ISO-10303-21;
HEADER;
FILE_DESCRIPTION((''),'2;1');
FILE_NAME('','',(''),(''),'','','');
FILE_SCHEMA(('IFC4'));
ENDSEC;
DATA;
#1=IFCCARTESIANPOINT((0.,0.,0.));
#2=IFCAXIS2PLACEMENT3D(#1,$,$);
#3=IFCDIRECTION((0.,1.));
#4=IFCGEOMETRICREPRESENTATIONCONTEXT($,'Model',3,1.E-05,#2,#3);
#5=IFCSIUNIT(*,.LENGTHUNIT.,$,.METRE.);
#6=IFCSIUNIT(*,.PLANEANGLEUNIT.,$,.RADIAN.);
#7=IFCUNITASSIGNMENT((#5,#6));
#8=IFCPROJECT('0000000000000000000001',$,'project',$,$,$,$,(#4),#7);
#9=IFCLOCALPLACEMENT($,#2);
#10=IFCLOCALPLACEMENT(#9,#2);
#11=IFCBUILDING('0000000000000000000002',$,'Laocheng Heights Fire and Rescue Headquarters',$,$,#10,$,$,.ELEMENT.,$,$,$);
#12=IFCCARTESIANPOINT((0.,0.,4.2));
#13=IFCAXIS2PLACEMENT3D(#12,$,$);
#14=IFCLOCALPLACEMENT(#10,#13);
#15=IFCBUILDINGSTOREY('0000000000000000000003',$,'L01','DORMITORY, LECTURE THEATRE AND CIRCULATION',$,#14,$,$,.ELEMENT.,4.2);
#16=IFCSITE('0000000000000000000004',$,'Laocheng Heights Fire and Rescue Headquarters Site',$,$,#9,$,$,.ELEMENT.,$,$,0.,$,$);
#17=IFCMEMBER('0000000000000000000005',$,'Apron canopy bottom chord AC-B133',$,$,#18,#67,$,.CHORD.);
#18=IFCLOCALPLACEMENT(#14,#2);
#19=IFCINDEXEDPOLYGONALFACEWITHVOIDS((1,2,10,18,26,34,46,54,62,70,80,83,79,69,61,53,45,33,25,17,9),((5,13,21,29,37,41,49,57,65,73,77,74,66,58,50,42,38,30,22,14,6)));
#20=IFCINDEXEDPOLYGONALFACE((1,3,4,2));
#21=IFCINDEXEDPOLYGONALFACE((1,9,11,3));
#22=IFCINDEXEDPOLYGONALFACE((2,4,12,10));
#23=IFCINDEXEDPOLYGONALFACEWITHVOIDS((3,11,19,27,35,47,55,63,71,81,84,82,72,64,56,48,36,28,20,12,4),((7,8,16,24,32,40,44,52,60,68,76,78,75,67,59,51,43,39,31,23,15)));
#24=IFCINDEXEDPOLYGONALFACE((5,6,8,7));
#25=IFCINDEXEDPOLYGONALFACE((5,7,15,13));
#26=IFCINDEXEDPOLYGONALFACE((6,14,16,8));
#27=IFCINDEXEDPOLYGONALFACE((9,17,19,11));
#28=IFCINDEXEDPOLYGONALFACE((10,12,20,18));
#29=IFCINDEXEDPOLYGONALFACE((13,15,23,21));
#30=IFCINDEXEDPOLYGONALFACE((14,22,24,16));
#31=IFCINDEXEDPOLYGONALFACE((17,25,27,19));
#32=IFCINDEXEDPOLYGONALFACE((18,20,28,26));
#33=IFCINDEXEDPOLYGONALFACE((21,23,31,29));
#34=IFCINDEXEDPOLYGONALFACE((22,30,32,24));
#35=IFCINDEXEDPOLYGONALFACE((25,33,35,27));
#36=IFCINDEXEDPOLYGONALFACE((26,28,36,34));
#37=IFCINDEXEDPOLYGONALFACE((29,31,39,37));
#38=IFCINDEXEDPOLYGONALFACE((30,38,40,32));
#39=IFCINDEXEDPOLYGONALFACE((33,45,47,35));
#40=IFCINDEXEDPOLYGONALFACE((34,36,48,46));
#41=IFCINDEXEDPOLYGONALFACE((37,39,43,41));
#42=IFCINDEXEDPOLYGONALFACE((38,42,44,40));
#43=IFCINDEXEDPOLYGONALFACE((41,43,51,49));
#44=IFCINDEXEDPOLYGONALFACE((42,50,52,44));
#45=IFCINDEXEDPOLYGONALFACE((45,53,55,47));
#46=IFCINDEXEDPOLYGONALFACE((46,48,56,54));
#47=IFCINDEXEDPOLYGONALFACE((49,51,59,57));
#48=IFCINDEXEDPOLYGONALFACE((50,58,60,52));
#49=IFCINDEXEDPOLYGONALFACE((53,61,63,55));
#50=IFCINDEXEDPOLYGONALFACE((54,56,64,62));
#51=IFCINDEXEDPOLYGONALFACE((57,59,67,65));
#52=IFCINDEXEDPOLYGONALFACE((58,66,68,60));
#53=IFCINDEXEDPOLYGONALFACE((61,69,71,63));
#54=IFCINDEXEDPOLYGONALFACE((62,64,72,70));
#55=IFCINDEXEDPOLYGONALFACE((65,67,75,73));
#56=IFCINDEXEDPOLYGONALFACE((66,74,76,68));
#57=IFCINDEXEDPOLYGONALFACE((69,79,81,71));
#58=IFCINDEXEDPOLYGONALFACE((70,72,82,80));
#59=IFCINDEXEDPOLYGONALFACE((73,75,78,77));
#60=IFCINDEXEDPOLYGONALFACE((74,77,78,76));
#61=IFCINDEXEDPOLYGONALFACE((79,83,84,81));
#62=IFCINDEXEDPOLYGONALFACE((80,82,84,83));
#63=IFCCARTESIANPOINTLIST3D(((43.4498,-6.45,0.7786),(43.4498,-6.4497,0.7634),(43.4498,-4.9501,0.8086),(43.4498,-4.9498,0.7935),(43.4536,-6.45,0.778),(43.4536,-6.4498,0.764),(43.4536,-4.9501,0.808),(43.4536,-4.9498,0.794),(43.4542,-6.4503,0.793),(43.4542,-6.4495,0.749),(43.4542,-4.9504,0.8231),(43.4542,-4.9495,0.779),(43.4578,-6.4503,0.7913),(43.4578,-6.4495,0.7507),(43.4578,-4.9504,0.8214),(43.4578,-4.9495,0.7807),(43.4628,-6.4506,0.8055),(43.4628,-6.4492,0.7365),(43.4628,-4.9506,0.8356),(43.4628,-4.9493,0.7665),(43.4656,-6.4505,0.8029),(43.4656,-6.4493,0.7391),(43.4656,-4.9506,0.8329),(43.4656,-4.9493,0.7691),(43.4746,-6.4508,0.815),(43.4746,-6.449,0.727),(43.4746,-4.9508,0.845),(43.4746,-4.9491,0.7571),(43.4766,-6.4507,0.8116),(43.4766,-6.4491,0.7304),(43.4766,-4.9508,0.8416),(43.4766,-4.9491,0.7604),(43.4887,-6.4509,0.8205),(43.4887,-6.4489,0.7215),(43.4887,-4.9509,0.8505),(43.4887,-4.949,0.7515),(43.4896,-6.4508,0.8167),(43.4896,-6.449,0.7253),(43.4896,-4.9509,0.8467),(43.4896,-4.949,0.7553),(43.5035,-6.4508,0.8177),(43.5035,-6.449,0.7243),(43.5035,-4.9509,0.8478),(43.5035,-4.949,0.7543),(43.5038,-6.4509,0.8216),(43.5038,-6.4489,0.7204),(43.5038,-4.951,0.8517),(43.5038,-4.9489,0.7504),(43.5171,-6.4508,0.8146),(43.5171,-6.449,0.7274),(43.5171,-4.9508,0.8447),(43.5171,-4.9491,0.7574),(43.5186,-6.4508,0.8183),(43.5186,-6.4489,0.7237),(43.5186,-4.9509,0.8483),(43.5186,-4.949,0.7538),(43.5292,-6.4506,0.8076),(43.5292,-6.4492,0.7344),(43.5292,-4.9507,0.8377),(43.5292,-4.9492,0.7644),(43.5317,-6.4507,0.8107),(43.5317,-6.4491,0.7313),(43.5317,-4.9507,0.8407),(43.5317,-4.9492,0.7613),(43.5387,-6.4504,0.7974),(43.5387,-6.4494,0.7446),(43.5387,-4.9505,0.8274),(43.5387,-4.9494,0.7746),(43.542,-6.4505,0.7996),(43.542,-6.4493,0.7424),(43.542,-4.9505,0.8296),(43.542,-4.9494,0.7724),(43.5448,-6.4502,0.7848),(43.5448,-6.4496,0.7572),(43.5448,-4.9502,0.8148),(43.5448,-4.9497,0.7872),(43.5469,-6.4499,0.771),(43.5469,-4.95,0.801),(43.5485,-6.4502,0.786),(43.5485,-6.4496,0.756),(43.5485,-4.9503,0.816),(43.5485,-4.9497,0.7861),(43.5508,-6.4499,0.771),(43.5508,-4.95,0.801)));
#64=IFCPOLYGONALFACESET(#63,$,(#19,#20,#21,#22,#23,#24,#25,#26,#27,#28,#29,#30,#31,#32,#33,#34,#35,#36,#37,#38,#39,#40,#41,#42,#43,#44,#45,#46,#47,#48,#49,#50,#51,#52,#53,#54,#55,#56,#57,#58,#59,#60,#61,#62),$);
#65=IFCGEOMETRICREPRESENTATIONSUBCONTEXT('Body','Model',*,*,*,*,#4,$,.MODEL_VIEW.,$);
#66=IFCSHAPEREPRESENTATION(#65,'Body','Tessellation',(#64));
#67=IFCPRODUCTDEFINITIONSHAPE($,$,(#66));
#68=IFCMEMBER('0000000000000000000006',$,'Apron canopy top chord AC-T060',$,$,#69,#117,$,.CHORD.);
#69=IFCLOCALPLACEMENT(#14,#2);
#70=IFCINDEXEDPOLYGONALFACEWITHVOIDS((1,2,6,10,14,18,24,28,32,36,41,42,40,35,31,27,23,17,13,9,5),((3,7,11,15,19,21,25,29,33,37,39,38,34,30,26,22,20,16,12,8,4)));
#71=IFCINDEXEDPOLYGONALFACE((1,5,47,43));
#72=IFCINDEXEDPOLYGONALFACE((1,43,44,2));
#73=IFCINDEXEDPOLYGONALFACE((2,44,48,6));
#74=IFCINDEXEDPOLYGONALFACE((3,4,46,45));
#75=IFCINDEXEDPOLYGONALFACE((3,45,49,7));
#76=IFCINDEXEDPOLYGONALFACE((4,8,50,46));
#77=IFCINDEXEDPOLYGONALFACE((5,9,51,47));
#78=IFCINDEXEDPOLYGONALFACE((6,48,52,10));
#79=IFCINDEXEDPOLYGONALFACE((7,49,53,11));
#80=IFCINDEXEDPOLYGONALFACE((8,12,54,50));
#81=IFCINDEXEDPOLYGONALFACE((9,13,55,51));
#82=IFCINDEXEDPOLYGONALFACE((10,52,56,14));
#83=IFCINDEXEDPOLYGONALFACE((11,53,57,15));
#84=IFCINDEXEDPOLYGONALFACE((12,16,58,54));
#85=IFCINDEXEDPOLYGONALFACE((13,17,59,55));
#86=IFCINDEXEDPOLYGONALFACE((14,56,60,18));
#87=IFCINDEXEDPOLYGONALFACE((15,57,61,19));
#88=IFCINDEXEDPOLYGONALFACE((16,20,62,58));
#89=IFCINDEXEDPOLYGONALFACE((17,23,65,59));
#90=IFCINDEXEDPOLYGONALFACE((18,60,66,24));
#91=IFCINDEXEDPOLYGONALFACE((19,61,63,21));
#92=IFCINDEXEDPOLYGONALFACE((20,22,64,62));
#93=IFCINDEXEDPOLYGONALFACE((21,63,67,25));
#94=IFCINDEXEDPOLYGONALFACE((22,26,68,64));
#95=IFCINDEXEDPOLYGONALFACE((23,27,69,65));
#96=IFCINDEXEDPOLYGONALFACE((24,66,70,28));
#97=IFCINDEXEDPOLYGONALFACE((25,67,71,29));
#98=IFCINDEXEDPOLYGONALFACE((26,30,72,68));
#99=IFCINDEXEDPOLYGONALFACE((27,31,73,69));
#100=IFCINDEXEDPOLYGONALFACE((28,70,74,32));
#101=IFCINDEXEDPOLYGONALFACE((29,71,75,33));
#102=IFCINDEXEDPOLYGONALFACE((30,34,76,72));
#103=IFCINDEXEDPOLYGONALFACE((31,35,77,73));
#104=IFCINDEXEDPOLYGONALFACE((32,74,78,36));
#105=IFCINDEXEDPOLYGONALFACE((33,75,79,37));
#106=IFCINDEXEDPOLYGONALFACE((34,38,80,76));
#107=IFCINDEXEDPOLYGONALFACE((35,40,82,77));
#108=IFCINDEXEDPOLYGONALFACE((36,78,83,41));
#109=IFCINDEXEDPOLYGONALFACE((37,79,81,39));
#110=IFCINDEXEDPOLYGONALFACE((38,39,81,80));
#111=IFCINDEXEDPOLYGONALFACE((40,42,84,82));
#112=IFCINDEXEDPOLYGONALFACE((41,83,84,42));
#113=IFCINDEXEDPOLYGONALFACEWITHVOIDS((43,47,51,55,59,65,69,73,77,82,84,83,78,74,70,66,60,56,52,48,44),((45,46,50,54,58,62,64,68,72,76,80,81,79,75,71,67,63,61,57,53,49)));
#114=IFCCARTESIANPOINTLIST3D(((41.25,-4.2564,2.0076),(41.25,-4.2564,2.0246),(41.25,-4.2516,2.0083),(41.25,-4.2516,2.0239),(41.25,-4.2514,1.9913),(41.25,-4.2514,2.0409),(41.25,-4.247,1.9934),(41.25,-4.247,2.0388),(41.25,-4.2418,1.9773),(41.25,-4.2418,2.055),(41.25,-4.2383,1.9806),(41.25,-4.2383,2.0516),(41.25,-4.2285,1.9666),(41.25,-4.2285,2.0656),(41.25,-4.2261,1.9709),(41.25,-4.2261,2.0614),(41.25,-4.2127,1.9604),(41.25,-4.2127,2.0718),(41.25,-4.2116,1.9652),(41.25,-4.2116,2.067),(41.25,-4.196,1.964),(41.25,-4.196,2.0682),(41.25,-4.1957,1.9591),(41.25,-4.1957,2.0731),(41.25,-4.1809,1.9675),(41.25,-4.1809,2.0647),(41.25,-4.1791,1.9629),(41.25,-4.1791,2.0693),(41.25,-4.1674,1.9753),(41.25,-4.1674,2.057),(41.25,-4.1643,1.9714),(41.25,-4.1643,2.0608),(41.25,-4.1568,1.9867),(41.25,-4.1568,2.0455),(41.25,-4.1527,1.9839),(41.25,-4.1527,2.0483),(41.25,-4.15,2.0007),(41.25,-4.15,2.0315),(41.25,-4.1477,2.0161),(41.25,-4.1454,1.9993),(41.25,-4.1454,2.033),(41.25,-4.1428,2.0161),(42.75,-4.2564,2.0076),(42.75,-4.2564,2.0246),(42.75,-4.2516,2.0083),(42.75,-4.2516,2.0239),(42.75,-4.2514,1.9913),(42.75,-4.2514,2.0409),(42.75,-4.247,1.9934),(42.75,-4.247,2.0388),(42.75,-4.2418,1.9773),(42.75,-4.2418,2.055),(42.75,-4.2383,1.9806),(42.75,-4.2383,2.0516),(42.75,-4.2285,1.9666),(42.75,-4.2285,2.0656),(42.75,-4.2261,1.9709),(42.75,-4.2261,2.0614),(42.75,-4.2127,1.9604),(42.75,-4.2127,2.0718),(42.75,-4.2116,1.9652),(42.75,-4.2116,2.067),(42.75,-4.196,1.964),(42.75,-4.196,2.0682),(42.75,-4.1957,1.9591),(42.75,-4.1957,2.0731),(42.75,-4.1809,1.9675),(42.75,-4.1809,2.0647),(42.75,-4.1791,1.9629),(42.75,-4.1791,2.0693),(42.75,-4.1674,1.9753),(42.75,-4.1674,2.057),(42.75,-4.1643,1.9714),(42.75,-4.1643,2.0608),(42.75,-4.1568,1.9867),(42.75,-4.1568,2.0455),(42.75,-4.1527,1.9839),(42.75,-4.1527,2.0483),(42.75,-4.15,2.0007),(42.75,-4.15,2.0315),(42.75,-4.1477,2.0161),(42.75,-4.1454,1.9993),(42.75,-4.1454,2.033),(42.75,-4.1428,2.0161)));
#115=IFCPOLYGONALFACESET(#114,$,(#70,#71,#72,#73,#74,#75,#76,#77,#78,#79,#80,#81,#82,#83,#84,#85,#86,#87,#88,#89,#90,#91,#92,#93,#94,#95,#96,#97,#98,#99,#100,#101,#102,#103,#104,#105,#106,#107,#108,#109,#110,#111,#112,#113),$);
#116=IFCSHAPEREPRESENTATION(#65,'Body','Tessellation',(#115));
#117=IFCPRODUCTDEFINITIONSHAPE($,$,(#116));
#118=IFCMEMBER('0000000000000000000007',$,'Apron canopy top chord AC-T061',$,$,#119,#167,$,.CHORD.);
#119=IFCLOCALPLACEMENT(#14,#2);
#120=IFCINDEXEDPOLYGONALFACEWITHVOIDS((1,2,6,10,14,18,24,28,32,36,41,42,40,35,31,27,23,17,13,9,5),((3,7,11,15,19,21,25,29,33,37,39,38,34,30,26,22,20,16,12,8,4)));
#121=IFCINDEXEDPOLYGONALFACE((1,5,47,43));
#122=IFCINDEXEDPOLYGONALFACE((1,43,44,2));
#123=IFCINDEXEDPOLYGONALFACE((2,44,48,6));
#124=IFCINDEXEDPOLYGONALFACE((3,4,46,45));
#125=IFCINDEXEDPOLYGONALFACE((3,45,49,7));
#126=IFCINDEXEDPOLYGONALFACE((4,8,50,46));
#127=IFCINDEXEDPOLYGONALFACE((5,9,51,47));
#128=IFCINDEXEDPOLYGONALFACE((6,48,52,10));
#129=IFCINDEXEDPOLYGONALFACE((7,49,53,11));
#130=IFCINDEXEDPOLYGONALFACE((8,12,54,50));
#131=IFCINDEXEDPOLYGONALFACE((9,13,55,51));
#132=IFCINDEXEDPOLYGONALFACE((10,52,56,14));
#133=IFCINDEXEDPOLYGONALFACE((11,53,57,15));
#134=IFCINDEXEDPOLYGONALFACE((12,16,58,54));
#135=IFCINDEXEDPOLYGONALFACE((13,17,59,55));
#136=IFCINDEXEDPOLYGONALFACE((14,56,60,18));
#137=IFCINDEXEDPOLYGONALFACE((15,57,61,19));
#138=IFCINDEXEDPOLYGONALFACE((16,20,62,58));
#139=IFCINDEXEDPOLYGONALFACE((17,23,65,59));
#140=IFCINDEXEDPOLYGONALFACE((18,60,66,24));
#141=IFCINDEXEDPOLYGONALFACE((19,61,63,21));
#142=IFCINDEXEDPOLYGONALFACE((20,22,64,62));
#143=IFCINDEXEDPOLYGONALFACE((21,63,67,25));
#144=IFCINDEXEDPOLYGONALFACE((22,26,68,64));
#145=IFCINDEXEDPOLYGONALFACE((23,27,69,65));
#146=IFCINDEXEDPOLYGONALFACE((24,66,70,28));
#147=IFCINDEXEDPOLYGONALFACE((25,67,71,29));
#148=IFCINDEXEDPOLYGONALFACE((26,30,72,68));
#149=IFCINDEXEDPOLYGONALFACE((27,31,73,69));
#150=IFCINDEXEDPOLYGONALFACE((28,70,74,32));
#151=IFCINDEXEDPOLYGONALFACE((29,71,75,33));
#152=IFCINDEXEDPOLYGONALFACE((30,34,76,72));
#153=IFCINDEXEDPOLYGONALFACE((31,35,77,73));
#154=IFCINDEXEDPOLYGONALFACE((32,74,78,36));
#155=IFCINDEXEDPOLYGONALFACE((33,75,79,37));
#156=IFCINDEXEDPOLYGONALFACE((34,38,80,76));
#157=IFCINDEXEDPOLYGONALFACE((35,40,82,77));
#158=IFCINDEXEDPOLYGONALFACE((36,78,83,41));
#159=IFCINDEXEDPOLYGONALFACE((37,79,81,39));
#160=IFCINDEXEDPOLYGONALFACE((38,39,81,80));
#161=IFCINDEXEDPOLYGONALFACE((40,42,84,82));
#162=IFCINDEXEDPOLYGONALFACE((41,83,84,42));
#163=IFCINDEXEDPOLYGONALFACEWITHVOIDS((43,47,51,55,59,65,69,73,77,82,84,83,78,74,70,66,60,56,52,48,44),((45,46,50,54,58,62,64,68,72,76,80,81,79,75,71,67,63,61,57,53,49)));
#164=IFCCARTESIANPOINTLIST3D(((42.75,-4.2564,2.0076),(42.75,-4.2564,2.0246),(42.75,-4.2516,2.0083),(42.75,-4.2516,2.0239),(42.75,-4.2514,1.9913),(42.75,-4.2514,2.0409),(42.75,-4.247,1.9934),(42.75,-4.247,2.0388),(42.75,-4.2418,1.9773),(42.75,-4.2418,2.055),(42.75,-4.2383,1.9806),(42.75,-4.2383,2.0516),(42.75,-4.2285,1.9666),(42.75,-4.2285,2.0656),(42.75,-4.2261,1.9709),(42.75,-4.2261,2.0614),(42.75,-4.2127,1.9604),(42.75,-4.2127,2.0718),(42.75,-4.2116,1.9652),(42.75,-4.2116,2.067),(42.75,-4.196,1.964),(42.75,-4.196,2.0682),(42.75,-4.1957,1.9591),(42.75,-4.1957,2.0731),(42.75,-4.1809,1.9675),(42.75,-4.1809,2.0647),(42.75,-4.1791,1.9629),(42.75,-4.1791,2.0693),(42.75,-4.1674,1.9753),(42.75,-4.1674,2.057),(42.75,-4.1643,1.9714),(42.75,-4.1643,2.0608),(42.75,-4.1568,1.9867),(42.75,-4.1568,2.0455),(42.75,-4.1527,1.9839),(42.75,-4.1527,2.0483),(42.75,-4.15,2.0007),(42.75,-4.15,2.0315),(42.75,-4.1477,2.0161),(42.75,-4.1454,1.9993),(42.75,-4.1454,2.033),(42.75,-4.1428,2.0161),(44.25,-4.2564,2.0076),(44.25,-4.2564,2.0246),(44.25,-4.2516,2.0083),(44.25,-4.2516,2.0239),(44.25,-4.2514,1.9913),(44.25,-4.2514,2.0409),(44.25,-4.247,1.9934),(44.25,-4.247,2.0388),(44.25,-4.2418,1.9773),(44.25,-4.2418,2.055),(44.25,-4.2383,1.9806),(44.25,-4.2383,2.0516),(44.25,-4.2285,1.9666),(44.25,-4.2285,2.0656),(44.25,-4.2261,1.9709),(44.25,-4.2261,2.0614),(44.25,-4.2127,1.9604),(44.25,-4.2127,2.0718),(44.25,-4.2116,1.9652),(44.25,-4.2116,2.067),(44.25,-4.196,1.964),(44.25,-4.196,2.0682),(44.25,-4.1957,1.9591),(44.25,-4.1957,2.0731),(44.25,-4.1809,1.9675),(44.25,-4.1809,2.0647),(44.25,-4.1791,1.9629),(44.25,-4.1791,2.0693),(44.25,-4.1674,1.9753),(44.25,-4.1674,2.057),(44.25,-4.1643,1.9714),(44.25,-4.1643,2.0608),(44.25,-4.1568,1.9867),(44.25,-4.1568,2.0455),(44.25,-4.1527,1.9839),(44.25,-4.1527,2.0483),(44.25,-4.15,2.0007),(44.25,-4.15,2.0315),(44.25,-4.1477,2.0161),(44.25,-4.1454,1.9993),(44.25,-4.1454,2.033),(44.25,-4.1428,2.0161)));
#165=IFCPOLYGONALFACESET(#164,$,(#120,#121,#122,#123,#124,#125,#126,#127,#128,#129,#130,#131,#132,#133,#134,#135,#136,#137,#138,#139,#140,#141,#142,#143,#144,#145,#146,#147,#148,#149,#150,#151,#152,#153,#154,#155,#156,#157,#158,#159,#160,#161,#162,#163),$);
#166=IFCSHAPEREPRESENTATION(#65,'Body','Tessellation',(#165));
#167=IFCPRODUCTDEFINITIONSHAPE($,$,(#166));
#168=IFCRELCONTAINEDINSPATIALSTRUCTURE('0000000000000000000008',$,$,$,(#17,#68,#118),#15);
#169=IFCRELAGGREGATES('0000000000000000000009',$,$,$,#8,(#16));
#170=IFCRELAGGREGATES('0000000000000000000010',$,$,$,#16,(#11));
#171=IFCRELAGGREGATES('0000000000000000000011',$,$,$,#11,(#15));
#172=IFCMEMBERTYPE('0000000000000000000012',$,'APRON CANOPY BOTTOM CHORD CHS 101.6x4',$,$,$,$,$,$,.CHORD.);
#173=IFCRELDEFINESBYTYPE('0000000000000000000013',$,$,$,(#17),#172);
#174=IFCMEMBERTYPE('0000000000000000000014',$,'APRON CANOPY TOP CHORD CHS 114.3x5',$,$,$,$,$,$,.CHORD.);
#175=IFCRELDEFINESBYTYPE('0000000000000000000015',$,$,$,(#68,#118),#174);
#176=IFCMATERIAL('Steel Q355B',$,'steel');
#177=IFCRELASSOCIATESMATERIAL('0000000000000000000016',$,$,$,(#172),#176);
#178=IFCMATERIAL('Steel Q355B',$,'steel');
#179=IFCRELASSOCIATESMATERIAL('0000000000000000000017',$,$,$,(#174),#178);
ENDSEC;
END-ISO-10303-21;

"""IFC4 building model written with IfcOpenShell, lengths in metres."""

from ifc_helpers import new_model, si_unit, direction, frame, origin, origin_2d, place, context, subcontext, project, spatial, hollow_circle, extrude, material, material_profile, profile_set, type_object, element, save


model = new_model("IFC4")

# Units and contexts
model_context = context("Model", 3, precision=1e-05, world=origin(), true_north=direction((0.0, 1.0)))
body_context = subcontext(model_context, "Body", "Model", "MODEL_VIEW")
ifc_project = project(units=[si_unit("LENGTHUNIT", "METRE"), si_unit("PLANEANGLEUNIT", "RADIAN")], contexts=[model_context])

# Site, building, storey
site_placement = place(None, origin())
site = spatial("IfcSite", under=ifc_project, at=site_placement, Name="Laocheng Heights Fire and Rescue Headquarters Site", CompositionType="ELEMENT", RefElevation=0.0)
building_placement = place(site_placement, origin())
building = spatial("IfcBuilding", under=site, at=building_placement, Name="Laocheng Heights Fire and Rescue Headquarters", CompositionType="ELEMENT")
storey_placement = place(building_placement, frame((0.0, 0.0, 4.2)))
storey = spatial("IfcBuildingStorey", under=building, at=storey_placement, Name="L01", Description="DORMITORY, LECTURE THEATRE AND CIRCULATION", CompositionType="ELEMENT", Elevation=4.2)

# Members
ifc_material_1 = material(Name="Steel Q355B", Category="steel")
ifc_material_profile_1 = material_profile(ifc_material_1, hollow_circle(Radius=0.0508, WallThickness=0.0039, at=origin_2d()), Name="CHS 101.6x4")
ifc_profile_set_1 = profile_set([ifc_material_profile_1], Name="Steel Q355B")
member_type_1 = type_object("IfcMemberType", Name="APRON CANOPY BOTTOM CHORD CHS 101.6x4", PredefinedType="CHORD", material=ifc_profile_set_1)
for number, where, z_axis, x_axis, name in (
    (1, (43.5, -4.95, 0.801), (0.0, -0.9998, -0.020016), (1.0, 0.0, 0.0), "Apron canopy bottom chord AC-B133"),
):
    element("IfcMember", number, at=place(storey_placement, frame(where, z_axis=z_axis, x_axis=x_axis)), inside=storey, type_object=member_type_1, Name=name, PredefinedType="CHORD", context=body_context, shape_type="SweptSolid", body=[
        extrude(hollow_circle(Radius=0.0508, WallThickness=0.0039, at=origin_2d()), origin(), (0.0, 0.0, 1.0), 1.5002),
    ])
ifc_material_2 = material(Name="Steel Q355B", Category="steel")
ifc_material_profile_2 = material_profile(ifc_material_2, hollow_circle(Radius=0.0571, WallThickness=0.0049, at=origin_2d()), Name="CHS 114.3x5")
ifc_profile_set_2 = profile_set([ifc_material_profile_2], Name="Steel Q355B")
member_type_2 = type_object("IfcMemberType", Name="APRON CANOPY TOP CHORD CHS 114.3x5", PredefinedType="CHORD", material=ifc_profile_set_2)
for number, where, z_axis, x_axis, name in (
    (2, (41.25, -4.2, 2.0161), (1.0, 0.0, 0.0), (0.0, 1.0, 0.0), "Apron canopy top chord AC-T060"),
    (3, (42.75, -4.2, 2.0161), (1.0, 0.0, 0.0), (0.0, 1.0, 0.0), "Apron canopy top chord AC-T061"),
):
    element("IfcMember", number, at=place(storey_placement, frame(where, z_axis=z_axis, x_axis=x_axis)), inside=storey, type_object=member_type_2, Name=name, PredefinedType="CHORD", context=body_context, shape_type="SweptSolid", body=[
        extrude(hollow_circle(Radius=0.0571, WallThickness=0.0049, at=origin_2d()), origin(), (0.0, 0.0, 1.0), 1.5),
    ])

save(model, "model.ifc")
